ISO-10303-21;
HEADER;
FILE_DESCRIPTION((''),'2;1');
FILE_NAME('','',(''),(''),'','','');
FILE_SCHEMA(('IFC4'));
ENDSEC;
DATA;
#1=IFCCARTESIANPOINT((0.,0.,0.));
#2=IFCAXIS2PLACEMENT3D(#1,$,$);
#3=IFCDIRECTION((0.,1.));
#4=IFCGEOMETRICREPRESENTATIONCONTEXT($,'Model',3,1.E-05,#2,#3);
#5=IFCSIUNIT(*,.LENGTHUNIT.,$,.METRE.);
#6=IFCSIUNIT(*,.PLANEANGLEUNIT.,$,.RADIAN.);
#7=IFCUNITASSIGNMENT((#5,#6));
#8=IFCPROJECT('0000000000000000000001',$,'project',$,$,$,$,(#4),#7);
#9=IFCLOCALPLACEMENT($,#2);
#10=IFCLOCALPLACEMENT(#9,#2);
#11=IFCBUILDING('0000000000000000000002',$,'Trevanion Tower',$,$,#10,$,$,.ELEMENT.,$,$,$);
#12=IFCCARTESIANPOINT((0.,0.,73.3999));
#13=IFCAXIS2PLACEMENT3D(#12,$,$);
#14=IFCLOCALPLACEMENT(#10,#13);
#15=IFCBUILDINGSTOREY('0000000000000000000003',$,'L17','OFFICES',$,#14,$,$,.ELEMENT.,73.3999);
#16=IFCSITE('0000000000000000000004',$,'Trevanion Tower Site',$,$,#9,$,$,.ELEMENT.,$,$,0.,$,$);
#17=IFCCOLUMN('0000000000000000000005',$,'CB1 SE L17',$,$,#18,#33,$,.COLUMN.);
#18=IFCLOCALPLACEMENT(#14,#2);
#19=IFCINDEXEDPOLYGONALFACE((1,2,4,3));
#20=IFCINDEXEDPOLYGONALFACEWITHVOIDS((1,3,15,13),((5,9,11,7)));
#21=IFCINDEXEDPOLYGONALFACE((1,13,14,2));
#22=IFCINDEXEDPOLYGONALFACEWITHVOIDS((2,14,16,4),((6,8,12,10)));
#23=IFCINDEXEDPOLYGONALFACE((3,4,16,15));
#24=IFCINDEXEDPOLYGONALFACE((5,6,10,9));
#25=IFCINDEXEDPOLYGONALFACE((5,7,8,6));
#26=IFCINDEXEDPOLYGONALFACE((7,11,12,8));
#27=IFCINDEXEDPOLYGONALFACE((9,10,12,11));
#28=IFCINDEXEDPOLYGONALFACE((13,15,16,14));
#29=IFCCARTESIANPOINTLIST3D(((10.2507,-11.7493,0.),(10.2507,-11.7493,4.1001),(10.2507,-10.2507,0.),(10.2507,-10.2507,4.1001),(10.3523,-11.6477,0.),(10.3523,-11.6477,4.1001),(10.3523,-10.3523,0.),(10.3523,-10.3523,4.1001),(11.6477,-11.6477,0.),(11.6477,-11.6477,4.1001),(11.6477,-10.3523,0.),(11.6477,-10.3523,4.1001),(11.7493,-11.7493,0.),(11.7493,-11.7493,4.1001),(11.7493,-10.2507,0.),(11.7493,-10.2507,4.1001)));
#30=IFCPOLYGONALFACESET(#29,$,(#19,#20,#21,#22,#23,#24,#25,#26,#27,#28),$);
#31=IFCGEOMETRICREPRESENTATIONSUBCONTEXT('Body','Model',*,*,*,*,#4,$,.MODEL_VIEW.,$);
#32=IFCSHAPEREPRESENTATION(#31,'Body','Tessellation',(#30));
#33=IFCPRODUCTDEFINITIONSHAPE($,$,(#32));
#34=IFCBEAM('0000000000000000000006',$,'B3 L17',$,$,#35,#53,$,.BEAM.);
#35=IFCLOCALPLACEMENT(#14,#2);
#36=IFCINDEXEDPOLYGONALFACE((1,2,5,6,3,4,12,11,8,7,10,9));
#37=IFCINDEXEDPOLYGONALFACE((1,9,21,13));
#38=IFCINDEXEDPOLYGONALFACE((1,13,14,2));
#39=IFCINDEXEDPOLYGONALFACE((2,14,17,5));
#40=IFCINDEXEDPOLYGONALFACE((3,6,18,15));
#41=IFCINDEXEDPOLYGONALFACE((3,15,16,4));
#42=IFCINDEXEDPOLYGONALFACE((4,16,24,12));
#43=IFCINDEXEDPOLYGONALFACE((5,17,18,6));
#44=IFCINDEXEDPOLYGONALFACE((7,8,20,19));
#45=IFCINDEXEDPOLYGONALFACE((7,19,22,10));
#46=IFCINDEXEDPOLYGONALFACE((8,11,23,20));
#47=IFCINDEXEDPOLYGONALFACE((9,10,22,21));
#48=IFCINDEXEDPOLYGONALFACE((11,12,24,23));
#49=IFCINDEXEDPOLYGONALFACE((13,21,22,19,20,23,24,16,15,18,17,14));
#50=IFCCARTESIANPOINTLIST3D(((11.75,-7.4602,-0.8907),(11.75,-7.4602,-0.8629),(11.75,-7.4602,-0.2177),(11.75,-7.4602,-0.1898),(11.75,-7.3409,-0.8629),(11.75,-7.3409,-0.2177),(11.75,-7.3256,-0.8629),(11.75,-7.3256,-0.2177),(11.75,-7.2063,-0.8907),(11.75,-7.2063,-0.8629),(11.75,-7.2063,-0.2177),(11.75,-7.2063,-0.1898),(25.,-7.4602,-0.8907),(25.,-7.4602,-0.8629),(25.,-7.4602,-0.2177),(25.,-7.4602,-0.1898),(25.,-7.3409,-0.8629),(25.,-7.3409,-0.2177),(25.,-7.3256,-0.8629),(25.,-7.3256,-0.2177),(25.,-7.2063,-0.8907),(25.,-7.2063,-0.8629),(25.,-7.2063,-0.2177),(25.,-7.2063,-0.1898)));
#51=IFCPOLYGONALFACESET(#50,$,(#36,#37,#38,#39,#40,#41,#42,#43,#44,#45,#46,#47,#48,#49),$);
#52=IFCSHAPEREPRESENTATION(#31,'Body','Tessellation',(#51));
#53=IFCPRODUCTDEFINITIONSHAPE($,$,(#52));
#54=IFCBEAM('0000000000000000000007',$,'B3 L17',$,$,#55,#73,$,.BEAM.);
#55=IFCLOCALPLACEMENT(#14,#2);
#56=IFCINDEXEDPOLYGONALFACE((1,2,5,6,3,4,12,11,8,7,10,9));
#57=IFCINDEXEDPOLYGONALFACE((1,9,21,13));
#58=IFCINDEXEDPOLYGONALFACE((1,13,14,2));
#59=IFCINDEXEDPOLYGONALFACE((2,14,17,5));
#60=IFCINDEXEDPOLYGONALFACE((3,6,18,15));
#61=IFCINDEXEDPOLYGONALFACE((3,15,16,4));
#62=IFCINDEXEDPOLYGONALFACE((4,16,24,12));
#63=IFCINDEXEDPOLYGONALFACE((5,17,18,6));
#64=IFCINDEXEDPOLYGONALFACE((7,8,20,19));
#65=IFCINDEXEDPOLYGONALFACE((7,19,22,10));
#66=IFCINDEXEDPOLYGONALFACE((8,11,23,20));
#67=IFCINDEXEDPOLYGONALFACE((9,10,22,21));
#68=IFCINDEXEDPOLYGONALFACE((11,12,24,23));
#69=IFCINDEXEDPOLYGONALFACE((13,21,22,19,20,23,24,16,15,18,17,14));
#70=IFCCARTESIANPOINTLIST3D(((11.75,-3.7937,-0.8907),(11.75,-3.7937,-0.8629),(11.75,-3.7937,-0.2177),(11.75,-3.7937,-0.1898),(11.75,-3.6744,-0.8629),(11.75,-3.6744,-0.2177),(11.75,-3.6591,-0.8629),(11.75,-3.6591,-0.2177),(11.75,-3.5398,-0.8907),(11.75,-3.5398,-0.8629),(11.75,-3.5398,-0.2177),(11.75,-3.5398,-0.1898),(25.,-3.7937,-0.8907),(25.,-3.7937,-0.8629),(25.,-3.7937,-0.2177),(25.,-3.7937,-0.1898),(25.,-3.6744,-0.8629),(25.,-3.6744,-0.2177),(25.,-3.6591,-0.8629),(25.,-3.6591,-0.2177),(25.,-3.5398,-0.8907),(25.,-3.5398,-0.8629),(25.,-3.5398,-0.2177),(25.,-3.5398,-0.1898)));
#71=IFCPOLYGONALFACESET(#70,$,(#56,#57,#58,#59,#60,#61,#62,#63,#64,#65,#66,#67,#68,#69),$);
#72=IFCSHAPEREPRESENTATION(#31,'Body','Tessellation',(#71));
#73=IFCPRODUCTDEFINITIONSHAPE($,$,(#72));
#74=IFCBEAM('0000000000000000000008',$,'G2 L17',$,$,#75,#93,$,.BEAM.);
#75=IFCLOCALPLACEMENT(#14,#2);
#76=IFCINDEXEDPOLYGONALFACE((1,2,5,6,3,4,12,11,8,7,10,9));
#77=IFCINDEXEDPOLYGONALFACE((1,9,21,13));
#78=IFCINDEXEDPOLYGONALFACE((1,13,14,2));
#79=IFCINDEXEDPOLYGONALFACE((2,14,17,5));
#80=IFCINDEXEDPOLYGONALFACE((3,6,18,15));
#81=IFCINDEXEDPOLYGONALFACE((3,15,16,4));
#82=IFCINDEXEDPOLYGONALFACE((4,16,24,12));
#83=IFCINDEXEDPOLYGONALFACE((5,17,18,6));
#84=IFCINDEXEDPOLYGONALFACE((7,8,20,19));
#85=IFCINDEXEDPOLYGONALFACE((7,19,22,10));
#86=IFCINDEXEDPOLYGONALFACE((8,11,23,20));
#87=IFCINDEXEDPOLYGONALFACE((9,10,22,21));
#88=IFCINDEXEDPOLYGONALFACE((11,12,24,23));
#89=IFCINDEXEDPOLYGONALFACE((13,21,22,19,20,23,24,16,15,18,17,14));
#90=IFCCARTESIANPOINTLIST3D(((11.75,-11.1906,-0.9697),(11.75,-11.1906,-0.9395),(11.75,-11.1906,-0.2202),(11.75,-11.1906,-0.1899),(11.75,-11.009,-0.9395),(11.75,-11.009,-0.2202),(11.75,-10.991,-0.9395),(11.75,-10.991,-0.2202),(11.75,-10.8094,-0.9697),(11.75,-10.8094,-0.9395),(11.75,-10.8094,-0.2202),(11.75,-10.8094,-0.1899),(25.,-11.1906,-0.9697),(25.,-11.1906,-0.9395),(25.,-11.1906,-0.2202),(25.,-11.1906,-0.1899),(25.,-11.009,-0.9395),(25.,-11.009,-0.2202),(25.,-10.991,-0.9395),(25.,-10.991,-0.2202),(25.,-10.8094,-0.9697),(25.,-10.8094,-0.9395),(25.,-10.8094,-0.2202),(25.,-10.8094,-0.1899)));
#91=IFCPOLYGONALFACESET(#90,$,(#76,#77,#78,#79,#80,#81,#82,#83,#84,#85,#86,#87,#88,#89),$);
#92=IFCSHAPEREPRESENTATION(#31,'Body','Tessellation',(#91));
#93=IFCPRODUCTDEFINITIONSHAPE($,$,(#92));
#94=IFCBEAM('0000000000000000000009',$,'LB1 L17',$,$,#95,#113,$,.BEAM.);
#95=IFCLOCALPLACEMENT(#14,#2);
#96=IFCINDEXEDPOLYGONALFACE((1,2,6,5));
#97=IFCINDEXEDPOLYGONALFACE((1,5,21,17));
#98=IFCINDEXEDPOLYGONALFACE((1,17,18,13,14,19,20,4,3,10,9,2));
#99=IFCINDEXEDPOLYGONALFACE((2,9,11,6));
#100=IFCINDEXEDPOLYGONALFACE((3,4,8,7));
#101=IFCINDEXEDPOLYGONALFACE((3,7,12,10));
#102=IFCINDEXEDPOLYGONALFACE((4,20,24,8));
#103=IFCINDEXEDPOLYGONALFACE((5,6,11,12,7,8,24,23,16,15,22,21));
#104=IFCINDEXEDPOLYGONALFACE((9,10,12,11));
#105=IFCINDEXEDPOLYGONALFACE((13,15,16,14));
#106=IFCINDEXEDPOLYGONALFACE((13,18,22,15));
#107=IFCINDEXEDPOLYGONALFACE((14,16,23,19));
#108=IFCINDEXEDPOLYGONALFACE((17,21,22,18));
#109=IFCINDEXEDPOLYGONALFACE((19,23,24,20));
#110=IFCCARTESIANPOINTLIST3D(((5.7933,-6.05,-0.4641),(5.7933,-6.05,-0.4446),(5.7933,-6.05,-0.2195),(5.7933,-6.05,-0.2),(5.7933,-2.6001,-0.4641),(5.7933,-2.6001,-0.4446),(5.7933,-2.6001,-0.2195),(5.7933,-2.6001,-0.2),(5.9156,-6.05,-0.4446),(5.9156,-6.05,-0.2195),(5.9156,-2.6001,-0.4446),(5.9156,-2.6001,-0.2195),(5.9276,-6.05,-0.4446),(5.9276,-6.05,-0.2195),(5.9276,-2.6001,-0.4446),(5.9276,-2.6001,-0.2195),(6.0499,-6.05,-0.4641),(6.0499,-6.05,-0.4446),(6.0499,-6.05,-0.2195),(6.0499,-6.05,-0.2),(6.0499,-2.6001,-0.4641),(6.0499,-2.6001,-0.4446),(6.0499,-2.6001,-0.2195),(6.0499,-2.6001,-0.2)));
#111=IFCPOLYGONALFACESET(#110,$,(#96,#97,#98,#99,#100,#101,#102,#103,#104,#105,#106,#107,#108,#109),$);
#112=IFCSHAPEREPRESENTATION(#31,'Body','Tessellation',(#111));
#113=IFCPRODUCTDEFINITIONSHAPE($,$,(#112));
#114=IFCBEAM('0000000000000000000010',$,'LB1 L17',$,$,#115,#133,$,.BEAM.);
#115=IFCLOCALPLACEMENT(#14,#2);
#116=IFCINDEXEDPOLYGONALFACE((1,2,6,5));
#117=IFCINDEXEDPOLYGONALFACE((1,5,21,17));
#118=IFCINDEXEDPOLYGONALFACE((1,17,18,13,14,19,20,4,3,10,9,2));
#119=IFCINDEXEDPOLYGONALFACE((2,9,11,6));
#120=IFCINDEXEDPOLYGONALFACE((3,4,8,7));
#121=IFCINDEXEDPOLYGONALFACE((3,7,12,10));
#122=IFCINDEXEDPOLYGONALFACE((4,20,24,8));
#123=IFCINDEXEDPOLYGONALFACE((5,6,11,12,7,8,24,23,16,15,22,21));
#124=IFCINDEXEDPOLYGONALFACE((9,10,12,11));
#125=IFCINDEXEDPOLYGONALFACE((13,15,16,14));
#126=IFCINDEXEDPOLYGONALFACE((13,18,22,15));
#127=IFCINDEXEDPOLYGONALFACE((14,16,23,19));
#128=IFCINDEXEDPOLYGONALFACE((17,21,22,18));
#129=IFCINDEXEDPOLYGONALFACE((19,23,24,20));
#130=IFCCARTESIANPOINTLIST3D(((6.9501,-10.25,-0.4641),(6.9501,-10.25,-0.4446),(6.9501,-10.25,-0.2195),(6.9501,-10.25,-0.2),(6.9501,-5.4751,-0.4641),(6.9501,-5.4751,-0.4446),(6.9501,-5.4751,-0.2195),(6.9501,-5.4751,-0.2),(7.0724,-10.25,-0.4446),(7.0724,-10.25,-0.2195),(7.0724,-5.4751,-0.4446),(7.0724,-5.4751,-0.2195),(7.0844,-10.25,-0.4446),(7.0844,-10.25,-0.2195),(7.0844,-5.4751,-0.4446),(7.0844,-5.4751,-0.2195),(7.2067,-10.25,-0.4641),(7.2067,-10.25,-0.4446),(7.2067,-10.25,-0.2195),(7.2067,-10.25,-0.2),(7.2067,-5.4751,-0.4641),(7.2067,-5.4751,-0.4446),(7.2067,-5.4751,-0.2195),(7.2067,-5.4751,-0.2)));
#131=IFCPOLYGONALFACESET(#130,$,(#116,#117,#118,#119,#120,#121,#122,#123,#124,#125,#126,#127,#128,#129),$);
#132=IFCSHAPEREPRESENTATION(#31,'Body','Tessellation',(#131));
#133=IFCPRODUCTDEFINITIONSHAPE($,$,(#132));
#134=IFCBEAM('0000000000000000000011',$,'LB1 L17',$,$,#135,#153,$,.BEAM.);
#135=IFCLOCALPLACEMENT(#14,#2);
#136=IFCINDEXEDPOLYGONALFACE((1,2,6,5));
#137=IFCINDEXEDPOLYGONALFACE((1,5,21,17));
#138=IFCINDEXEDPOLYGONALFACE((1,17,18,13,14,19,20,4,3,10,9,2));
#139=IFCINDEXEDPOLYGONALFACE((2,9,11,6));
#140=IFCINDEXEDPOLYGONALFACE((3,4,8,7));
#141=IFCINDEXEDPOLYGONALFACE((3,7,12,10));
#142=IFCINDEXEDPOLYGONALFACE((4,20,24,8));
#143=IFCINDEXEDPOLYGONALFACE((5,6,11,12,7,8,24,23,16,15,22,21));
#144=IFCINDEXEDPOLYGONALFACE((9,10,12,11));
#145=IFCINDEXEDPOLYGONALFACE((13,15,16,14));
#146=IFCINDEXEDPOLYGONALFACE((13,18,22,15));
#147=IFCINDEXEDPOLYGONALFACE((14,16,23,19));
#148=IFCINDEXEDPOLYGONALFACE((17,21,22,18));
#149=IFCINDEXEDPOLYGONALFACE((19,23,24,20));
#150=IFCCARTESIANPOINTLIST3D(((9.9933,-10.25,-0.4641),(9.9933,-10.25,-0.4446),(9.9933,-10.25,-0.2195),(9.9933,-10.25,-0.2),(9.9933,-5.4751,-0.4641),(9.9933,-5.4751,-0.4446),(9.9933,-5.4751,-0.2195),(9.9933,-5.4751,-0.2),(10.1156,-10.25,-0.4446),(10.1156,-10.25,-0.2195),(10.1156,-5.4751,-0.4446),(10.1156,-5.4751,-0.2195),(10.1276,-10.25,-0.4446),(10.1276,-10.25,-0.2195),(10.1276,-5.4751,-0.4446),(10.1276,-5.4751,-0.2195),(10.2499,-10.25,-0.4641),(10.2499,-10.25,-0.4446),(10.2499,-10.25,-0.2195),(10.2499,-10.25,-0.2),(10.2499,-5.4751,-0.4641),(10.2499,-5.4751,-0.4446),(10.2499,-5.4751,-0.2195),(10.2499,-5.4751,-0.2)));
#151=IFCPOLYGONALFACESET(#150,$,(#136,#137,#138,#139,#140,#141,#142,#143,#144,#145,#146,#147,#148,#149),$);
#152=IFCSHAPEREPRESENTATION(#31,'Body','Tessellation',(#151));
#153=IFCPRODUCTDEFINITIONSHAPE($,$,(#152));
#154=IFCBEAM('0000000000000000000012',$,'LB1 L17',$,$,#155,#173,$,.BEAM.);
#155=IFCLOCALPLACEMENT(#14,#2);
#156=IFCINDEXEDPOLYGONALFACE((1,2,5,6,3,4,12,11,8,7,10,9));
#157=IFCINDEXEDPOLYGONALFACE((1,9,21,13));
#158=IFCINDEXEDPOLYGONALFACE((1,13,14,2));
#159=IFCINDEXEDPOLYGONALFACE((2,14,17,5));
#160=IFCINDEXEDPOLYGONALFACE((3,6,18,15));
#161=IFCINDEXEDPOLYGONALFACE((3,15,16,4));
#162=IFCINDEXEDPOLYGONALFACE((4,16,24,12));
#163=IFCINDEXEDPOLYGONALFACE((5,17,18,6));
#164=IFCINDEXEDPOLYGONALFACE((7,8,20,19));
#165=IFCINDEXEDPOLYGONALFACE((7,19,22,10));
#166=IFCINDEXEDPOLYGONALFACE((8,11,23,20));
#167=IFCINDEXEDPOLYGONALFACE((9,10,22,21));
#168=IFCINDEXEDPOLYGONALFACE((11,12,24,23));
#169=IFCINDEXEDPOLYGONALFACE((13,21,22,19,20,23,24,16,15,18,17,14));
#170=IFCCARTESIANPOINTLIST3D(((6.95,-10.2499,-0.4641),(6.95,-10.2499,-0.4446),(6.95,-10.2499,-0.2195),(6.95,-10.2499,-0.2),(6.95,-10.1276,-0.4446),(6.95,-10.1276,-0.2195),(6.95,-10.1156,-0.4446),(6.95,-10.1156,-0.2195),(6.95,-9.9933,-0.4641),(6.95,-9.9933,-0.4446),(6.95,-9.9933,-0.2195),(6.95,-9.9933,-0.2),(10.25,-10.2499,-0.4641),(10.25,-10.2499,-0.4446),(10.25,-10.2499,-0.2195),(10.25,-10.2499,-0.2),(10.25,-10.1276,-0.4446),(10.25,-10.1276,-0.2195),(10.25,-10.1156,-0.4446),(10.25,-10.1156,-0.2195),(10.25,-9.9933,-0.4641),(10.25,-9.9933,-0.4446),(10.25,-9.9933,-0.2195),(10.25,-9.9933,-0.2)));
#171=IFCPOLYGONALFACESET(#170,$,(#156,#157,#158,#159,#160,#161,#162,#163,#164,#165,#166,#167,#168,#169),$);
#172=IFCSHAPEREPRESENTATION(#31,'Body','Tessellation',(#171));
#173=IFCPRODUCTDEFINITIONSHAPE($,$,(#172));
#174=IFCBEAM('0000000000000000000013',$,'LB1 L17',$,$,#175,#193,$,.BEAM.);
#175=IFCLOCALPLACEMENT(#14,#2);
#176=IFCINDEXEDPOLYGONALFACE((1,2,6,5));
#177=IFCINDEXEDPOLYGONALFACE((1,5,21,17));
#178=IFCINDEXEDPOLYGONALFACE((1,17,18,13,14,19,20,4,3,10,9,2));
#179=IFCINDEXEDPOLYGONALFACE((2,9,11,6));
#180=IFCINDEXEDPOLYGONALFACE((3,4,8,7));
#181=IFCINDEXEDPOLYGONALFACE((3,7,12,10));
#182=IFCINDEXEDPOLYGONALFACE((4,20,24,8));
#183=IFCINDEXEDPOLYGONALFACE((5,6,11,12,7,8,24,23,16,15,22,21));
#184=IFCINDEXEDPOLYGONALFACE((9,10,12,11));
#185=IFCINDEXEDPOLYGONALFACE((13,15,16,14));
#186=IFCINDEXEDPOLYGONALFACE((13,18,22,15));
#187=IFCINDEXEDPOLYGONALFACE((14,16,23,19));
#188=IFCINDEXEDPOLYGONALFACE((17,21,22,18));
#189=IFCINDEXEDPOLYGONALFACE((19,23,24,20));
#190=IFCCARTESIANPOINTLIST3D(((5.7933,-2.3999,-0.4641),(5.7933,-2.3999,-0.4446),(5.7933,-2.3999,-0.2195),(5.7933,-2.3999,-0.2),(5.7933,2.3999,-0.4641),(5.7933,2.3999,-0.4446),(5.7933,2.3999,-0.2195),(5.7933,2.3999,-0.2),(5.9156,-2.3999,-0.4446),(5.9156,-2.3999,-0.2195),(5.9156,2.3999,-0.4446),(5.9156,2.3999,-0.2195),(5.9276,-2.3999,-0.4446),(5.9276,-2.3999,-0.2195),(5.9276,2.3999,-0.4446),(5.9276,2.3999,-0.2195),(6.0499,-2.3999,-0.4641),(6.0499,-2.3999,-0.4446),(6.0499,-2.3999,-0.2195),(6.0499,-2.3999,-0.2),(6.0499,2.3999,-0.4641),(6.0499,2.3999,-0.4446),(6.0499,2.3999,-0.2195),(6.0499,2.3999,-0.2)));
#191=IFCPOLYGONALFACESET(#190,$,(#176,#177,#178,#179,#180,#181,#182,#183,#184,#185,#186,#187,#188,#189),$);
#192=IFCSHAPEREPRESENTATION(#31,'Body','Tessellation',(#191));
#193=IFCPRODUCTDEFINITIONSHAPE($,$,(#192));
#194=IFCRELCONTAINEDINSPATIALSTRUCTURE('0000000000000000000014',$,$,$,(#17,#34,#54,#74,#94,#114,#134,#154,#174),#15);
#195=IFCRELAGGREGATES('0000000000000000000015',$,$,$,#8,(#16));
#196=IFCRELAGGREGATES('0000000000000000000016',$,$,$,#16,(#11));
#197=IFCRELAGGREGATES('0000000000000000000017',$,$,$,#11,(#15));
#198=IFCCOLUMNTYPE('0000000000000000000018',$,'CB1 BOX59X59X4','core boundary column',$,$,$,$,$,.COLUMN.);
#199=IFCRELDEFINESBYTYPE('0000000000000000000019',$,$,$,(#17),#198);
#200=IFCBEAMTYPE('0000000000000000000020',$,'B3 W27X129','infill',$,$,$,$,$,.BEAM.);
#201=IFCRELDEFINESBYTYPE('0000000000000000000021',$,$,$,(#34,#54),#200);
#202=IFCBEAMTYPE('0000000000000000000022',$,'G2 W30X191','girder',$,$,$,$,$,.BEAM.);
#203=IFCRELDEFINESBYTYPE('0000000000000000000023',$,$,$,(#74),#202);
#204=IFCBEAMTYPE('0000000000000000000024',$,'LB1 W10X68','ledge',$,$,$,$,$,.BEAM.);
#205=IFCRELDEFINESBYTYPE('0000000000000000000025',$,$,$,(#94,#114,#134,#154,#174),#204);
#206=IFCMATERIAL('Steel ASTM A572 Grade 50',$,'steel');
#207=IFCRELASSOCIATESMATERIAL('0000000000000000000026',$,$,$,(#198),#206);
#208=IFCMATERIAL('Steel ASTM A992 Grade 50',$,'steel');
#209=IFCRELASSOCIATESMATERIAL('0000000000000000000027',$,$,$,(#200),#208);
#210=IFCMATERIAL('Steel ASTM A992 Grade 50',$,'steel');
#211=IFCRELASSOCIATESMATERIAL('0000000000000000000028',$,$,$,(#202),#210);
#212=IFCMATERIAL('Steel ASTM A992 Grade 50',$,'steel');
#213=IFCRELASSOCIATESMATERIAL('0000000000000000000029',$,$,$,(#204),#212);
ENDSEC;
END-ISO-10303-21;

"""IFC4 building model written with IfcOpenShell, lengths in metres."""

from ifc_helpers import new_model, si_unit, direction, frame, origin, origin_2d, place, context, subcontext, project, spatial, hollow_rectangle, i_section, extrude, material, material_profile, profile_set, type_object, element, save


model = new_model("IFC4")

# Units and contexts
model_context = context("Model", 3, precision=1e-05, world=origin(), true_north=direction((0.0, 1.0)))
body_context = subcontext(model_context, "Body", "Model", "MODEL_VIEW")
ifc_project = project(units=[si_unit("LENGTHUNIT", "METRE"), si_unit("PLANEANGLEUNIT", "RADIAN")], contexts=[model_context])

# Site, building, storey
site_placement = place(None, origin())
site = spatial("IfcSite", under=ifc_project, at=site_placement, Name="Trevanion Tower Site", CompositionType="ELEMENT", RefElevation=0.0)
building_placement = place(site_placement, origin())
building = spatial("IfcBuilding", under=site, at=building_placement, Name="Trevanion Tower", CompositionType="ELEMENT")
storey_placement = place(building_placement, frame((0.0, 0.0, 73.3999)))
storey = spatial("IfcBuildingStorey", under=building, at=storey_placement, Name="L17", Description="OFFICES", CompositionType="ELEMENT", Elevation=73.3999)

# Column
ifc_material_1 = material(Name="Steel ASTM A572 Grade 50", Category="steel")
ifc_material_profile_1 = material_profile(ifc_material_1, hollow_rectangle(XDim=1.4985, YDim=1.4985, WallThickness=0.1016, at=origin_2d()), Name="BOX59X59X4")
ifc_profile_set_1 = profile_set([ifc_material_profile_1], Name="Steel ASTM A572 Grade 50")
column_type = type_object("IfcColumnType", Name="CB1 BOX59X59X4", Description="core boundary column", PredefinedType="COLUMN", material=ifc_profile_set_1)
column_placement = place(storey_placement, frame((11.0, -11.0, 0.0), z_axis=(0.0, 0.0, 1.0), x_axis=(1.0, 0.0, 0.0)))
element("IfcColumn", 1, at=column_placement, inside=storey, type_object=column_type, Name="CB1 SE L17", PredefinedType="COLUMN", context=body_context, shape_type="SweptSolid", body=[
    extrude(hollow_rectangle(XDim=1.4985, YDim=1.4985, WallThickness=0.1016, at=origin_2d()), origin(), (0.0, 0.0, 1.0), 4.1001),
])

# Beams
ifc_material_2 = material(Name="Steel ASTM A992 Grade 50", Category="steel")
ifc_material_profile_2 = material_profile(ifc_material_2, i_section(OverallWidth=0.2539, OverallDepth=0.7009, WebThickness=0.0154, FlangeThickness=0.0278, at=origin_2d()), Name="W27X129")
ifc_profile_set_2 = profile_set([ifc_material_profile_2], Name="Steel ASTM A992 Grade 50")
beam_type_1 = type_object("IfcBeamType", Name="B3 W27X129", Description="infill", PredefinedType="BEAM", material=ifc_profile_set_2)
for number, where, z_axis, x_axis, name in (
    (2, (11.75, -7.3333, -0.5403), (1.0, 0.0, 0.0), (0.0, 1.0, 0.0), "B3 L17"),
    (3, (11.75, -3.6667, -0.5403), (1.0, 0.0, 0.0), (0.0, 1.0, 0.0), "B3 L17"),
):
    element("IfcBeam", number, at=place(storey_placement, frame(where, z_axis=z_axis, x_axis=x_axis)), inside=storey, type_object=beam_type_1, Name=name, PredefinedType="BEAM", context=body_context, shape_type="SweptSolid", body=[
        extrude(i_section(OverallWidth=0.2539, OverallDepth=0.7009, WebThickness=0.0154, FlangeThickness=0.0278, at=origin_2d()), origin(), (0.0, 0.0, 1.0), 13.25),
    ])
ifc_material_3 = material(Name="Steel ASTM A992 Grade 50", Category="steel")
ifc_material_profile_3 = material_profile(ifc_material_3, i_section(OverallWidth=0.3811, OverallDepth=0.7798, WebThickness=0.0181, FlangeThickness=0.0303, at=origin_2d()), Name="W30X191")
ifc_profile_set_3 = profile_set([ifc_material_profile_3], Name="Steel ASTM A992 Grade 50")
beam_type_2 = type_object("IfcBeamType", Name="G2 W30X191", Description="girder", PredefinedType="BEAM", material=ifc_profile_set_3)
beam_1_placement = place(storey_placement, frame((11.75, -11.0, -0.5798), z_axis=(1.0, 0.0, 0.0), x_axis=(0.0, 1.0, 0.0)))
element("IfcBeam", 4, at=beam_1_placement, inside=storey, type_object=beam_type_2, Name="G2 L17", PredefinedType="BEAM", context=body_context, shape_type="SweptSolid", body=[
    extrude(i_section(OverallWidth=0.3811, OverallDepth=0.7798, WebThickness=0.0181, FlangeThickness=0.0303, at=origin_2d()), origin(), (0.0, 0.0, 1.0), 13.25),
])
ifc_material_4 = material(Name="Steel ASTM A992 Grade 50", Category="steel")
ifc_material_profile_4 = material_profile(ifc_material_4, i_section(OverallWidth=0.2566, OverallDepth=0.2642, WebThickness=0.012, FlangeThickness=0.0195, at=origin_2d()), Name="W10X68")
ifc_profile_set_4 = profile_set([ifc_material_profile_4], Name="Steel ASTM A992 Grade 50")
beam_type_3 = type_object("IfcBeamType", Name="LB1 W10X68", Description="ledge", PredefinedType="BEAM", material=ifc_profile_set_4)
beam_2_placement = place(storey_placement, frame((5.9216, -6.05, -0.332), z_axis=(0.0, 1.0, 0.0), x_axis=(-1.0, 0.0, 0.0)))
element("IfcBeam", 5, at=beam_2_placement, inside=storey, type_object=beam_type_3, Name="LB1 L17", PredefinedType="BEAM", context=body_context, shape_type="SweptSolid", body=[
    extrude(i_section(OverallWidth=0.2566, OverallDepth=0.2642, WebThickness=0.012, FlangeThickness=0.0195, at=origin_2d()), origin(), (0.0, 0.0, 1.0), 3.45),
])
for number, where, z_axis, x_axis, name in (
    (6, (7.0784, -10.25, -0.332), (0.0, 1.0, 0.0), (-1.0, 0.0, 0.0), "LB1 L17"),
    (7, (10.1216, -10.25, -0.332), (0.0, 1.0, 0.0), (-1.0, 0.0, 0.0), "LB1 L17"),
):
    element("IfcBeam", number, at=place(storey_placement, frame(where, z_axis=z_axis, x_axis=x_axis)), inside=storey, type_object=beam_type_3, Name=name, PredefinedType="BEAM", context=body_context, shape_type="SweptSolid", body=[
        extrude(i_section(OverallWidth=0.2566, OverallDepth=0.2642, WebThickness=0.012, FlangeThickness=0.0195, at=origin_2d()), origin(), (0.0, 0.0, 1.0), 4.7749),
    ])
beam_3_placement = place(storey_placement, frame((6.95, -10.1216, -0.332), z_axis=(1.0, 0.0, 0.0), x_axis=(0.0, 1.0, 0.0)))
element("IfcBeam", 8, at=beam_3_placement, inside=storey, type_object=beam_type_3, Name="LB1 L17", PredefinedType="BEAM", context=body_context, shape_type="SweptSolid", body=[
    extrude(i_section(OverallWidth=0.2566, OverallDepth=0.2642, WebThickness=0.012, FlangeThickness=0.0195, at=origin_2d()), origin(), (0.0, 0.0, 1.0), 3.3),
])
beam_4_placement = place(storey_placement, frame((5.9216, -2.3999, -0.332), z_axis=(0.0, 1.0, 0.0), x_axis=(-1.0, 0.0, 0.0)))
element("IfcBeam", 9, at=beam_4_placement, inside=storey, type_object=beam_type_3, Name="LB1 L17", PredefinedType="BEAM", context=body_context, shape_type="SweptSolid", body=[
    extrude(i_section(OverallWidth=0.2566, OverallDepth=0.2642, WebThickness=0.012, FlangeThickness=0.0195, at=origin_2d()), origin(), (0.0, 0.0, 1.0), 4.7998),
])

save(model, "model.ifc")
